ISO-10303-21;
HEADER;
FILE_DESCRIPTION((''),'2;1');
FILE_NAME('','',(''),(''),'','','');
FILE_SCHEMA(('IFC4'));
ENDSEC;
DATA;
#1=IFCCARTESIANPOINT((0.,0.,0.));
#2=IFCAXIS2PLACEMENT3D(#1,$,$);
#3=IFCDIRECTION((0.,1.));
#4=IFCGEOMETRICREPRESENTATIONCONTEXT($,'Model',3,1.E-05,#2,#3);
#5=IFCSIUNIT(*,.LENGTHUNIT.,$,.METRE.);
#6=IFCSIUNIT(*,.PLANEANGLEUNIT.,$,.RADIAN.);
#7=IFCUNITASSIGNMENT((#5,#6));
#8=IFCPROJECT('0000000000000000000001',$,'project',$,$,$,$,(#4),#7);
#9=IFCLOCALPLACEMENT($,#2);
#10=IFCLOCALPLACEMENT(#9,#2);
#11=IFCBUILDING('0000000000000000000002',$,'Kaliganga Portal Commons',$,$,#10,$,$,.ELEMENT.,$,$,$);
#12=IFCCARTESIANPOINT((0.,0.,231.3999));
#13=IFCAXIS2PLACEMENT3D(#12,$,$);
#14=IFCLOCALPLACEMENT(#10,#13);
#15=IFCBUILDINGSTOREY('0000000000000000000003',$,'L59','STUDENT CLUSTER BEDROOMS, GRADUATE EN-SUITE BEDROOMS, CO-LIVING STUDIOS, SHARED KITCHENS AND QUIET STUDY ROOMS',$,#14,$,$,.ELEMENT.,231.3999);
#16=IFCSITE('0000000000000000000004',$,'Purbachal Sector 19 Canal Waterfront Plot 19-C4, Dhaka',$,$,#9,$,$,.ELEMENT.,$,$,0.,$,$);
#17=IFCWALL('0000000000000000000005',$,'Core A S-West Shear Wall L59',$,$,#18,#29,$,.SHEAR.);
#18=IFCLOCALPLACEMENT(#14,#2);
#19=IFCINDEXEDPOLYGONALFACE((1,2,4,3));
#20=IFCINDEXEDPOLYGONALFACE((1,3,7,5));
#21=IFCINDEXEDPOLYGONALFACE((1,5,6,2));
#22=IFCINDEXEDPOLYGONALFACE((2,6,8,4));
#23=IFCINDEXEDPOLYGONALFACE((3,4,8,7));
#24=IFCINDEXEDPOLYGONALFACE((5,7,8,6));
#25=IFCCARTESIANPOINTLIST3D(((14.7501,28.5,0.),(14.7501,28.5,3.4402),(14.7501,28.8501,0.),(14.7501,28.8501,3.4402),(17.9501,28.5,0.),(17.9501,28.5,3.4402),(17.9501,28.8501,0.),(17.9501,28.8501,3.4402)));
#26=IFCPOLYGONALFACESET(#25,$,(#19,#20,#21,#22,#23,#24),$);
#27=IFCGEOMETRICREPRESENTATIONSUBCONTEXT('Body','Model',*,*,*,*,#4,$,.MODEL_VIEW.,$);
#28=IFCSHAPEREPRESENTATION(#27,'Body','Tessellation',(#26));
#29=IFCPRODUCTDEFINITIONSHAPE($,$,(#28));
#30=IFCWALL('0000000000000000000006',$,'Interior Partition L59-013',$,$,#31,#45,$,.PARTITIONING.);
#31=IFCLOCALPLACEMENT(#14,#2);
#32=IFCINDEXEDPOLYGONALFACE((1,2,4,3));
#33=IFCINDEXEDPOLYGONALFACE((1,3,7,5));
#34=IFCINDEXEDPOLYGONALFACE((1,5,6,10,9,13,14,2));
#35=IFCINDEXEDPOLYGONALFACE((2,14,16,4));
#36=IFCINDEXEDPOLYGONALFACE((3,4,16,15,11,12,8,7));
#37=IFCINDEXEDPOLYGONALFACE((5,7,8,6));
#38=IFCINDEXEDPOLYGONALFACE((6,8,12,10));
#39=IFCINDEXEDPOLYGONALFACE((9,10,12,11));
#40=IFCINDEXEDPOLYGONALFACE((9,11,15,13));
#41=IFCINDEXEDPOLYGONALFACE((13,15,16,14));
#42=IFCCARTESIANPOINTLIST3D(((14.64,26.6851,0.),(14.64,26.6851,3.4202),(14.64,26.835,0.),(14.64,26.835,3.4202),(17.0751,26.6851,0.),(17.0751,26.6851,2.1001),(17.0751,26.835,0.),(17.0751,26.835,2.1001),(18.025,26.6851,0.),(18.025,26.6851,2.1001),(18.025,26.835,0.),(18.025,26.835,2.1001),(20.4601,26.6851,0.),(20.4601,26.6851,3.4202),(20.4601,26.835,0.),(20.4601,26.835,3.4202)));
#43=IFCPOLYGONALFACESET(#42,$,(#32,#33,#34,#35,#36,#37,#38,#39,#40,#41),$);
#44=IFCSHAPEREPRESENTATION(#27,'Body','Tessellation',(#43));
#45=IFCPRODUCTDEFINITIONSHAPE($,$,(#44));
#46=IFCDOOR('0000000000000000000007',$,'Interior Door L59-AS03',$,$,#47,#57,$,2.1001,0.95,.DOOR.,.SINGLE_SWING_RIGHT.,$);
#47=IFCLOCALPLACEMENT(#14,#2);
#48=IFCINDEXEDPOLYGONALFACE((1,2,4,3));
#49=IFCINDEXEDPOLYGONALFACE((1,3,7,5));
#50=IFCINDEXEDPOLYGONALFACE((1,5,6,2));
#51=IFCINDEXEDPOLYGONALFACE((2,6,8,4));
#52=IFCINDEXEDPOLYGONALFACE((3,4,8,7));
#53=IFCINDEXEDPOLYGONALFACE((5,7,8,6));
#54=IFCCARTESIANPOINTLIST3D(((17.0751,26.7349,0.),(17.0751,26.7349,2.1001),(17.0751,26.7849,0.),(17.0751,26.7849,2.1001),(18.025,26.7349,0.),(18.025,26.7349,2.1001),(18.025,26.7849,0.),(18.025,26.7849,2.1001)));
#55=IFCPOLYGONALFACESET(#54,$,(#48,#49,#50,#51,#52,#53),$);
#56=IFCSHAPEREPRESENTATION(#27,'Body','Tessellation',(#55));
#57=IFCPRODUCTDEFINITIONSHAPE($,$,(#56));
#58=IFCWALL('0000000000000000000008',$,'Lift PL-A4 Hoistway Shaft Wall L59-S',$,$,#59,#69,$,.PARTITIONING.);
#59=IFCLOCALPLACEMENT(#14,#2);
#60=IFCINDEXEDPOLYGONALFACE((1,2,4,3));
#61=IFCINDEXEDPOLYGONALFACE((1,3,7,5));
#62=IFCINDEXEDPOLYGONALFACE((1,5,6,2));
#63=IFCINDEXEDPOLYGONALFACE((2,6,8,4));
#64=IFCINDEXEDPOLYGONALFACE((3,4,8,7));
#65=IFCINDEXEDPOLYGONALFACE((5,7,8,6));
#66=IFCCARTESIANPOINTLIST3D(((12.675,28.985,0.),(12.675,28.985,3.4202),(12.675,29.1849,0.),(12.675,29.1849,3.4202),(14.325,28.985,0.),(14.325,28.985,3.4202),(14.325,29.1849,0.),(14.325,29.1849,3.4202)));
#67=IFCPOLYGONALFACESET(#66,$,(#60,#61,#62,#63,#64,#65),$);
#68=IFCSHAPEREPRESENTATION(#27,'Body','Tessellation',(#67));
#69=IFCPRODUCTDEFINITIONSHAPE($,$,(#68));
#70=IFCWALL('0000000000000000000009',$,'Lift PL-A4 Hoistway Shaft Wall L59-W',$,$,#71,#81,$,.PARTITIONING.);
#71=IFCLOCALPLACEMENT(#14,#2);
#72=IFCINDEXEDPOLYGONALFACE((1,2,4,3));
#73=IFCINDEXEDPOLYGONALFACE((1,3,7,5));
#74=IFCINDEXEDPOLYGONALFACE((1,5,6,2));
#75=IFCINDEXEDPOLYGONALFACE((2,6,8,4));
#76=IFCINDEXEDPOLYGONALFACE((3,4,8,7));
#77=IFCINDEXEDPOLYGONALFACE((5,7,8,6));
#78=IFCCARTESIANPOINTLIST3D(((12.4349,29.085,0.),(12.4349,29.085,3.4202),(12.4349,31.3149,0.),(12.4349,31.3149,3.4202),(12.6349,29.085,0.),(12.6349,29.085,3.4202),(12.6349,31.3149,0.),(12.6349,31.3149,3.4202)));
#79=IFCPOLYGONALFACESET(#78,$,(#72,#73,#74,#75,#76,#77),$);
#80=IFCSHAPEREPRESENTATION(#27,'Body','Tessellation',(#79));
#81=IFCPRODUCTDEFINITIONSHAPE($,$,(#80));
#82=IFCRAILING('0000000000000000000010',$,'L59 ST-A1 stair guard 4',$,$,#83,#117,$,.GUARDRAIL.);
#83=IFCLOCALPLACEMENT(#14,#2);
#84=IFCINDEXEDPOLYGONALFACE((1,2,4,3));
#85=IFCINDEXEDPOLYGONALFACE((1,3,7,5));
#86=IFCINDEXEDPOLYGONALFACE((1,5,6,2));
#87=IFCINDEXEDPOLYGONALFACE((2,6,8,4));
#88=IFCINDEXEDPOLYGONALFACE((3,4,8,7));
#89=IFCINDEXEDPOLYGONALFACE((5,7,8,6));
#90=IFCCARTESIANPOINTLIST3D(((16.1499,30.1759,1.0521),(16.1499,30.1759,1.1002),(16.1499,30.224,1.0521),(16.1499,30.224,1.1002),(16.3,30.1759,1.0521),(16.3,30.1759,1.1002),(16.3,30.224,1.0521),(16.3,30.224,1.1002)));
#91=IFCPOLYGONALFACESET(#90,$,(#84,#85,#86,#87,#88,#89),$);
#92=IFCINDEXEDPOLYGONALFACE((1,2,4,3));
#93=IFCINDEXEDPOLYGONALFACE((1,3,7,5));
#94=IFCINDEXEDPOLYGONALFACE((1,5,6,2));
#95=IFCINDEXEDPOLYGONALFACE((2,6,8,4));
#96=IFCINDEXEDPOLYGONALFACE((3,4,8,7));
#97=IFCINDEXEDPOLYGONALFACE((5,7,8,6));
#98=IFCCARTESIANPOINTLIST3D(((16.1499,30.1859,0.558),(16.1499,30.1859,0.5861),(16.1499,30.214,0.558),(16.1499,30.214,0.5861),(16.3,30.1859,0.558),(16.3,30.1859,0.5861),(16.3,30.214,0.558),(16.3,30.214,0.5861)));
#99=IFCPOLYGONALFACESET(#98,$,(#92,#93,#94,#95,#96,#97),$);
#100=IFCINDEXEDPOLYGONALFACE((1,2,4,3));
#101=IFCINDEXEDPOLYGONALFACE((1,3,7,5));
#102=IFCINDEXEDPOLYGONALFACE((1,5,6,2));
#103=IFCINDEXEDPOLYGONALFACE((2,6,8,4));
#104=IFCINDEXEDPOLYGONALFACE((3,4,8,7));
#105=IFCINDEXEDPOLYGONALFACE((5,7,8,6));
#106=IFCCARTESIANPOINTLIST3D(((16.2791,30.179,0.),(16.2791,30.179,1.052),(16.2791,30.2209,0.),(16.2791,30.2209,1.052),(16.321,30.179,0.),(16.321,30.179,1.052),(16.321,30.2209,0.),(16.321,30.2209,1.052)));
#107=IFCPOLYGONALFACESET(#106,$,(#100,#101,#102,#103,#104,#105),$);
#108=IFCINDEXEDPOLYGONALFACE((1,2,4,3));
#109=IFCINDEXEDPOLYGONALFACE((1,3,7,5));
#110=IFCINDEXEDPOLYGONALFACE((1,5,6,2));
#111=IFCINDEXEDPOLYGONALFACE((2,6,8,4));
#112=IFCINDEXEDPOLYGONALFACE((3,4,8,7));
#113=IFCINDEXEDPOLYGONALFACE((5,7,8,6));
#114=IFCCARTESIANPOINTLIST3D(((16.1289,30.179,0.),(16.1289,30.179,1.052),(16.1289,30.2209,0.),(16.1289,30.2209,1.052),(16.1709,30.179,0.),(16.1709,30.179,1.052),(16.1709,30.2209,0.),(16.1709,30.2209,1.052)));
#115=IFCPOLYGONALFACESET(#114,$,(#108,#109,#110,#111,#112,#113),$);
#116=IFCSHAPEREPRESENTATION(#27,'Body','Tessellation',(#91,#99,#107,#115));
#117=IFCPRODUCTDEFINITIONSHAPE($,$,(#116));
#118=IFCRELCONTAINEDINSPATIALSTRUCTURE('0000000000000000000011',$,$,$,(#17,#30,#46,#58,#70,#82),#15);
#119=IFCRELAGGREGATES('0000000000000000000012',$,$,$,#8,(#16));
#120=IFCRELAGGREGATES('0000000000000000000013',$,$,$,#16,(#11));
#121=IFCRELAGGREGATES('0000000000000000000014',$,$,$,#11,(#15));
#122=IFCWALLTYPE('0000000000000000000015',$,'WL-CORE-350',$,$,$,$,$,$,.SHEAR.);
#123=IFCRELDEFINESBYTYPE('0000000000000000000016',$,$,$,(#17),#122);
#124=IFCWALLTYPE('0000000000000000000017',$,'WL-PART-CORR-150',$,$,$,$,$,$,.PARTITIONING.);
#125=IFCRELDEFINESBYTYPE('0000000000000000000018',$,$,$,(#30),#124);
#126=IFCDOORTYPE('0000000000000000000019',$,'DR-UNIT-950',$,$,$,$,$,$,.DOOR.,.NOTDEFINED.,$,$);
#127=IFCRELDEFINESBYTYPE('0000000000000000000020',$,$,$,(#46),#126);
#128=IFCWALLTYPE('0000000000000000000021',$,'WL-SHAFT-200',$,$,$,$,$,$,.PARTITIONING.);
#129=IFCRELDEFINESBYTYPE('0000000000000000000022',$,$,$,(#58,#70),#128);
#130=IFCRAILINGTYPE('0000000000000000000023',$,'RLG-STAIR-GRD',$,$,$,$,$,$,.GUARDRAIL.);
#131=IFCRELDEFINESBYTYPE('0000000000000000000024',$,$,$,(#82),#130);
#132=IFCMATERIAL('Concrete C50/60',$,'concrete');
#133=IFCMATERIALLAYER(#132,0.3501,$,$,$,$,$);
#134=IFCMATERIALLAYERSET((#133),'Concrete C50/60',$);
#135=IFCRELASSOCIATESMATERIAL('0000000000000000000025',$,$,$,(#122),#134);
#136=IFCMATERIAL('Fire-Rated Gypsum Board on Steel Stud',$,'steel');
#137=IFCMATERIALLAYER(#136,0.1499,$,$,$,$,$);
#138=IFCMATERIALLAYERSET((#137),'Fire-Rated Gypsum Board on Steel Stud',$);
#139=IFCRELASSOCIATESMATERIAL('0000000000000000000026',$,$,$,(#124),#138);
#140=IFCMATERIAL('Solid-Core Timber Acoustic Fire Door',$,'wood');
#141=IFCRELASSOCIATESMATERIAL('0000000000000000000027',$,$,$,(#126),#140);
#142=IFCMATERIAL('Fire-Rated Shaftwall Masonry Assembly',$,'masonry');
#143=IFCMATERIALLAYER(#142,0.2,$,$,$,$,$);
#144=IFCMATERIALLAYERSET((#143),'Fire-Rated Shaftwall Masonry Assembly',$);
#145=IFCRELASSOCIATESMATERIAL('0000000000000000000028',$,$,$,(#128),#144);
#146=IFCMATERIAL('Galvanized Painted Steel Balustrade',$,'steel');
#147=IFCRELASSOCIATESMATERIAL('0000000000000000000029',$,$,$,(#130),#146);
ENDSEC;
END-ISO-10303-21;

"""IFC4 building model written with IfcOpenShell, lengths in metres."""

from ifc_helpers import new_model, si_unit, direction, frame, frame_2d, origin, origin_2d, place, context, subcontext, project, spatial, rectangle, extrude, material, layer, layer_set, type_object, element, fill, save


model = new_model("IFC4")

# Units and contexts
model_context = context("Model", 3, precision=1e-05, world=origin(), true_north=direction((0.0, 1.0)))
body_context = subcontext(model_context, "Body", "Model", "MODEL_VIEW")
ifc_project = project(units=[si_unit("LENGTHUNIT", "METRE"), si_unit("PLANEANGLEUNIT", "RADIAN")], contexts=[model_context])

# Site, building, storey
site_placement = place(None, origin())
site = spatial("IfcSite", under=ifc_project, at=site_placement, Name="Purbachal Sector 19 Canal Waterfront Plot 19-C4, Dhaka", CompositionType="ELEMENT", RefElevation=0.0)
building_placement = place(site_placement, origin())
building = spatial("IfcBuilding", under=site, at=building_placement, Name="Kaliganga Portal Commons", CompositionType="ELEMENT")
storey_placement = place(building_placement, frame((0.0, 0.0, 231.3999)))
storey = spatial("IfcBuildingStorey", under=building, at=storey_placement, Name="L59", Description="STUDENT CLUSTER BEDROOMS, GRADUATE EN-SUITE BEDROOMS, CO-LIVING STUDIOS, SHARED KITCHENS AND QUIET STUDY ROOMS", CompositionType="ELEMENT", Elevation=231.3999)

# Shared definitions
ifc_material_1 = material(Name="Concrete C50/60", Category="concrete")

# Wall
ifc_layer_1 = layer(ifc_material_1, 0.3501)
ifc_layer_set_1 = layer_set([ifc_layer_1], Name="Concrete C50/60")
wall_type_1 = type_object("IfcWallType", Name="WL-CORE-350", PredefinedType="SHEAR", material=ifc_layer_set_1)
wall_1_placement = place(storey_placement, frame((14.75, 28.675, 0.0), z_axis=(0.0, 0.0, 1.0), x_axis=(1.0, 0.0, 0.0)))
element("IfcWall", 1, at=wall_1_placement, inside=storey, type_object=wall_type_1, Name="Core A S-West Shear Wall L59", PredefinedType="SHEAR", context=body_context, shape_type="SweptSolid", body=[
    extrude(rectangle(XDim=3.2, YDim=0.3501, at=frame_2d((1.6001, 0.0))), origin(), (0.0, 0.0, 1.0), 3.4402),
])

# Wall, opening, door
ifc_material_2 = material(Name="Fire-Rated Gypsum Board on Steel Stud", Category="steel")
ifc_layer_2 = layer(ifc_material_2, 0.1499)
ifc_layer_set_2 = layer_set([ifc_layer_2], Name="Fire-Rated Gypsum Board on Steel Stud")
wall_type_2 = type_object("IfcWallType", Name="WL-PART-CORR-150", PredefinedType="PARTITIONING", material=ifc_layer_set_2)
wall_2_placement = place(storey_placement, frame((14.6399, 26.76, 0.0), z_axis=(0.0, 0.0, 1.0), x_axis=(1.0, 0.0, 0.0)))
wall_2 = element("IfcWall", 2, at=wall_2_placement, inside=storey, type_object=wall_type_2, Name="Interior Partition L59-013", PredefinedType="PARTITIONING", context=body_context, shape_type="SweptSolid", body=[
    extrude(rectangle(XDim=5.8201, YDim=0.1499, at=frame_2d((2.9102, 0.0))), origin(), (0.0, 0.0, 1.0), 3.4202),
])
opening_placement = place(wall_2_placement, frame((2.4351, 0.0, 0.0)))
opening = element("IfcOpeningElement", 3, at=opening_placement, cuts=wall_2, PredefinedType="OPENING", context=body_context, shape_type="SweptSolid", body=[
    extrude(rectangle(XDim=0.95, YDim=2.1001, at=frame_2d((0.4751, 1.05))), frame((0.0, 0.085, 0.0), z_axis=(0.0, -1.0, 0.0), x_axis=(1.0, 0.0, 0.0)), (0.0, 0.0, 1.0), 0.1699),
])
ifc_material_3 = material(Name="Solid-Core Timber Acoustic Fire Door", Category="wood")
door_type = type_object("IfcDoorType", Name="DR-UNIT-950", OperationType="NOTDEFINED", PredefinedType="DOOR", material=ifc_material_3)
door_placement = place(opening_placement, origin())
door = element("IfcDoor", 4, at=door_placement, inside=storey, type_object=door_type, Name="Interior Door L59-AS03", OperationType="SINGLE_SWING_RIGHT", OverallHeight=2.1001, OverallWidth=0.95, PredefinedType="DOOR", context=body_context, shape_type="SweptSolid", body=[
    extrude(rectangle(XDim=0.95, YDim=2.1001, at=frame_2d((0.4751, 1.05))), frame((0.0, 0.0249, 0.0), z_axis=(0.0, -1.0, 0.0), x_axis=(1.0, 0.0, 0.0)), (0.0, 0.0, 1.0), 0.05),
])
fill(opening, door)

# Walls
ifc_material_4 = material(Name="Fire-Rated Shaftwall Masonry Assembly", Category="masonry")
ifc_layer_3 = layer(ifc_material_4, 0.2)
ifc_layer_set_3 = layer_set([ifc_layer_3], Name="Fire-Rated Shaftwall Masonry Assembly")
wall_type_3 = type_object("IfcWallType", Name="WL-SHAFT-200", PredefinedType="PARTITIONING", material=ifc_layer_set_3)
wall_3_placement = place(storey_placement, frame((12.675, 29.085, 0.0), z_axis=(0.0, 0.0, 1.0), x_axis=(1.0, 0.0, 0.0)))
element("IfcWall", 5, at=wall_3_placement, inside=storey, type_object=wall_type_3, Name="Lift PL-A4 Hoistway Shaft Wall L59-S", PredefinedType="PARTITIONING", context=body_context, shape_type="SweptSolid", body=[
    extrude(rectangle(XDim=1.6499, YDim=0.2, at=frame_2d((0.825, 0.0))), origin(), (0.0, 0.0, 1.0), 3.4202),
])
wall_4_placement = place(storey_placement, frame((12.5349, 29.085, 0.0), z_axis=(0.0, 0.0, 1.0), x_axis=(0.0, 1.0, 0.0)))
element("IfcWall", 6, at=wall_4_placement, inside=storey, type_object=wall_type_3, Name="Lift PL-A4 Hoistway Shaft Wall L59-W", PredefinedType="PARTITIONING", context=body_context, shape_type="SweptSolid", body=[
    extrude(rectangle(XDim=2.23, YDim=0.2, at=frame_2d((1.115, 0.0))), origin(), (0.0, 0.0, 1.0), 3.4202),
])

# Railing
ifc_material_5 = material(Name="Galvanized Painted Steel Balustrade", Category="steel")
railing_type = type_object("IfcRailingType", Name="RLG-STAIR-GRD", PredefinedType="GUARDRAIL", material=ifc_material_5)
railing_placement = place(storey_placement, frame((16.3, 30.2, 0.0)))
element("IfcRailing", 7, at=railing_placement, inside=storey, type_object=railing_type, Name="L59 ST-A1 stair guard 4", PredefinedType="GUARDRAIL", context=body_context, shape_type="SweptSolid", body=[
    extrude(rectangle(XDim=0.0481, YDim=0.0481, at=origin_2d()), frame((0.0, 0.0, 1.0762), z_axis=(-1.0, 0.0, 0.0), x_axis=(0.0, -1.0, 0.0)), (0.0, 0.0, 1.0), 0.1501),
    extrude(rectangle(XDim=0.0281, YDim=0.0281, at=origin_2d()), frame((0.0, 0.0, 0.572), z_axis=(-1.0, 0.0, 0.0), x_axis=(0.0, -1.0, 0.0)), (0.0, 0.0, 1.0), 0.1501),
    extrude(rectangle(XDim=0.042, YDim=0.042, at=origin_2d()), origin(), (0.0, 0.0, 1.0), 1.052),
    extrude(rectangle(XDim=0.042, YDim=0.042, at=origin_2d()), frame((-0.1501, 0.0, 0.0)), (0.0, 0.0, 1.0), 1.052),
])

save(model, "model.ifc")
